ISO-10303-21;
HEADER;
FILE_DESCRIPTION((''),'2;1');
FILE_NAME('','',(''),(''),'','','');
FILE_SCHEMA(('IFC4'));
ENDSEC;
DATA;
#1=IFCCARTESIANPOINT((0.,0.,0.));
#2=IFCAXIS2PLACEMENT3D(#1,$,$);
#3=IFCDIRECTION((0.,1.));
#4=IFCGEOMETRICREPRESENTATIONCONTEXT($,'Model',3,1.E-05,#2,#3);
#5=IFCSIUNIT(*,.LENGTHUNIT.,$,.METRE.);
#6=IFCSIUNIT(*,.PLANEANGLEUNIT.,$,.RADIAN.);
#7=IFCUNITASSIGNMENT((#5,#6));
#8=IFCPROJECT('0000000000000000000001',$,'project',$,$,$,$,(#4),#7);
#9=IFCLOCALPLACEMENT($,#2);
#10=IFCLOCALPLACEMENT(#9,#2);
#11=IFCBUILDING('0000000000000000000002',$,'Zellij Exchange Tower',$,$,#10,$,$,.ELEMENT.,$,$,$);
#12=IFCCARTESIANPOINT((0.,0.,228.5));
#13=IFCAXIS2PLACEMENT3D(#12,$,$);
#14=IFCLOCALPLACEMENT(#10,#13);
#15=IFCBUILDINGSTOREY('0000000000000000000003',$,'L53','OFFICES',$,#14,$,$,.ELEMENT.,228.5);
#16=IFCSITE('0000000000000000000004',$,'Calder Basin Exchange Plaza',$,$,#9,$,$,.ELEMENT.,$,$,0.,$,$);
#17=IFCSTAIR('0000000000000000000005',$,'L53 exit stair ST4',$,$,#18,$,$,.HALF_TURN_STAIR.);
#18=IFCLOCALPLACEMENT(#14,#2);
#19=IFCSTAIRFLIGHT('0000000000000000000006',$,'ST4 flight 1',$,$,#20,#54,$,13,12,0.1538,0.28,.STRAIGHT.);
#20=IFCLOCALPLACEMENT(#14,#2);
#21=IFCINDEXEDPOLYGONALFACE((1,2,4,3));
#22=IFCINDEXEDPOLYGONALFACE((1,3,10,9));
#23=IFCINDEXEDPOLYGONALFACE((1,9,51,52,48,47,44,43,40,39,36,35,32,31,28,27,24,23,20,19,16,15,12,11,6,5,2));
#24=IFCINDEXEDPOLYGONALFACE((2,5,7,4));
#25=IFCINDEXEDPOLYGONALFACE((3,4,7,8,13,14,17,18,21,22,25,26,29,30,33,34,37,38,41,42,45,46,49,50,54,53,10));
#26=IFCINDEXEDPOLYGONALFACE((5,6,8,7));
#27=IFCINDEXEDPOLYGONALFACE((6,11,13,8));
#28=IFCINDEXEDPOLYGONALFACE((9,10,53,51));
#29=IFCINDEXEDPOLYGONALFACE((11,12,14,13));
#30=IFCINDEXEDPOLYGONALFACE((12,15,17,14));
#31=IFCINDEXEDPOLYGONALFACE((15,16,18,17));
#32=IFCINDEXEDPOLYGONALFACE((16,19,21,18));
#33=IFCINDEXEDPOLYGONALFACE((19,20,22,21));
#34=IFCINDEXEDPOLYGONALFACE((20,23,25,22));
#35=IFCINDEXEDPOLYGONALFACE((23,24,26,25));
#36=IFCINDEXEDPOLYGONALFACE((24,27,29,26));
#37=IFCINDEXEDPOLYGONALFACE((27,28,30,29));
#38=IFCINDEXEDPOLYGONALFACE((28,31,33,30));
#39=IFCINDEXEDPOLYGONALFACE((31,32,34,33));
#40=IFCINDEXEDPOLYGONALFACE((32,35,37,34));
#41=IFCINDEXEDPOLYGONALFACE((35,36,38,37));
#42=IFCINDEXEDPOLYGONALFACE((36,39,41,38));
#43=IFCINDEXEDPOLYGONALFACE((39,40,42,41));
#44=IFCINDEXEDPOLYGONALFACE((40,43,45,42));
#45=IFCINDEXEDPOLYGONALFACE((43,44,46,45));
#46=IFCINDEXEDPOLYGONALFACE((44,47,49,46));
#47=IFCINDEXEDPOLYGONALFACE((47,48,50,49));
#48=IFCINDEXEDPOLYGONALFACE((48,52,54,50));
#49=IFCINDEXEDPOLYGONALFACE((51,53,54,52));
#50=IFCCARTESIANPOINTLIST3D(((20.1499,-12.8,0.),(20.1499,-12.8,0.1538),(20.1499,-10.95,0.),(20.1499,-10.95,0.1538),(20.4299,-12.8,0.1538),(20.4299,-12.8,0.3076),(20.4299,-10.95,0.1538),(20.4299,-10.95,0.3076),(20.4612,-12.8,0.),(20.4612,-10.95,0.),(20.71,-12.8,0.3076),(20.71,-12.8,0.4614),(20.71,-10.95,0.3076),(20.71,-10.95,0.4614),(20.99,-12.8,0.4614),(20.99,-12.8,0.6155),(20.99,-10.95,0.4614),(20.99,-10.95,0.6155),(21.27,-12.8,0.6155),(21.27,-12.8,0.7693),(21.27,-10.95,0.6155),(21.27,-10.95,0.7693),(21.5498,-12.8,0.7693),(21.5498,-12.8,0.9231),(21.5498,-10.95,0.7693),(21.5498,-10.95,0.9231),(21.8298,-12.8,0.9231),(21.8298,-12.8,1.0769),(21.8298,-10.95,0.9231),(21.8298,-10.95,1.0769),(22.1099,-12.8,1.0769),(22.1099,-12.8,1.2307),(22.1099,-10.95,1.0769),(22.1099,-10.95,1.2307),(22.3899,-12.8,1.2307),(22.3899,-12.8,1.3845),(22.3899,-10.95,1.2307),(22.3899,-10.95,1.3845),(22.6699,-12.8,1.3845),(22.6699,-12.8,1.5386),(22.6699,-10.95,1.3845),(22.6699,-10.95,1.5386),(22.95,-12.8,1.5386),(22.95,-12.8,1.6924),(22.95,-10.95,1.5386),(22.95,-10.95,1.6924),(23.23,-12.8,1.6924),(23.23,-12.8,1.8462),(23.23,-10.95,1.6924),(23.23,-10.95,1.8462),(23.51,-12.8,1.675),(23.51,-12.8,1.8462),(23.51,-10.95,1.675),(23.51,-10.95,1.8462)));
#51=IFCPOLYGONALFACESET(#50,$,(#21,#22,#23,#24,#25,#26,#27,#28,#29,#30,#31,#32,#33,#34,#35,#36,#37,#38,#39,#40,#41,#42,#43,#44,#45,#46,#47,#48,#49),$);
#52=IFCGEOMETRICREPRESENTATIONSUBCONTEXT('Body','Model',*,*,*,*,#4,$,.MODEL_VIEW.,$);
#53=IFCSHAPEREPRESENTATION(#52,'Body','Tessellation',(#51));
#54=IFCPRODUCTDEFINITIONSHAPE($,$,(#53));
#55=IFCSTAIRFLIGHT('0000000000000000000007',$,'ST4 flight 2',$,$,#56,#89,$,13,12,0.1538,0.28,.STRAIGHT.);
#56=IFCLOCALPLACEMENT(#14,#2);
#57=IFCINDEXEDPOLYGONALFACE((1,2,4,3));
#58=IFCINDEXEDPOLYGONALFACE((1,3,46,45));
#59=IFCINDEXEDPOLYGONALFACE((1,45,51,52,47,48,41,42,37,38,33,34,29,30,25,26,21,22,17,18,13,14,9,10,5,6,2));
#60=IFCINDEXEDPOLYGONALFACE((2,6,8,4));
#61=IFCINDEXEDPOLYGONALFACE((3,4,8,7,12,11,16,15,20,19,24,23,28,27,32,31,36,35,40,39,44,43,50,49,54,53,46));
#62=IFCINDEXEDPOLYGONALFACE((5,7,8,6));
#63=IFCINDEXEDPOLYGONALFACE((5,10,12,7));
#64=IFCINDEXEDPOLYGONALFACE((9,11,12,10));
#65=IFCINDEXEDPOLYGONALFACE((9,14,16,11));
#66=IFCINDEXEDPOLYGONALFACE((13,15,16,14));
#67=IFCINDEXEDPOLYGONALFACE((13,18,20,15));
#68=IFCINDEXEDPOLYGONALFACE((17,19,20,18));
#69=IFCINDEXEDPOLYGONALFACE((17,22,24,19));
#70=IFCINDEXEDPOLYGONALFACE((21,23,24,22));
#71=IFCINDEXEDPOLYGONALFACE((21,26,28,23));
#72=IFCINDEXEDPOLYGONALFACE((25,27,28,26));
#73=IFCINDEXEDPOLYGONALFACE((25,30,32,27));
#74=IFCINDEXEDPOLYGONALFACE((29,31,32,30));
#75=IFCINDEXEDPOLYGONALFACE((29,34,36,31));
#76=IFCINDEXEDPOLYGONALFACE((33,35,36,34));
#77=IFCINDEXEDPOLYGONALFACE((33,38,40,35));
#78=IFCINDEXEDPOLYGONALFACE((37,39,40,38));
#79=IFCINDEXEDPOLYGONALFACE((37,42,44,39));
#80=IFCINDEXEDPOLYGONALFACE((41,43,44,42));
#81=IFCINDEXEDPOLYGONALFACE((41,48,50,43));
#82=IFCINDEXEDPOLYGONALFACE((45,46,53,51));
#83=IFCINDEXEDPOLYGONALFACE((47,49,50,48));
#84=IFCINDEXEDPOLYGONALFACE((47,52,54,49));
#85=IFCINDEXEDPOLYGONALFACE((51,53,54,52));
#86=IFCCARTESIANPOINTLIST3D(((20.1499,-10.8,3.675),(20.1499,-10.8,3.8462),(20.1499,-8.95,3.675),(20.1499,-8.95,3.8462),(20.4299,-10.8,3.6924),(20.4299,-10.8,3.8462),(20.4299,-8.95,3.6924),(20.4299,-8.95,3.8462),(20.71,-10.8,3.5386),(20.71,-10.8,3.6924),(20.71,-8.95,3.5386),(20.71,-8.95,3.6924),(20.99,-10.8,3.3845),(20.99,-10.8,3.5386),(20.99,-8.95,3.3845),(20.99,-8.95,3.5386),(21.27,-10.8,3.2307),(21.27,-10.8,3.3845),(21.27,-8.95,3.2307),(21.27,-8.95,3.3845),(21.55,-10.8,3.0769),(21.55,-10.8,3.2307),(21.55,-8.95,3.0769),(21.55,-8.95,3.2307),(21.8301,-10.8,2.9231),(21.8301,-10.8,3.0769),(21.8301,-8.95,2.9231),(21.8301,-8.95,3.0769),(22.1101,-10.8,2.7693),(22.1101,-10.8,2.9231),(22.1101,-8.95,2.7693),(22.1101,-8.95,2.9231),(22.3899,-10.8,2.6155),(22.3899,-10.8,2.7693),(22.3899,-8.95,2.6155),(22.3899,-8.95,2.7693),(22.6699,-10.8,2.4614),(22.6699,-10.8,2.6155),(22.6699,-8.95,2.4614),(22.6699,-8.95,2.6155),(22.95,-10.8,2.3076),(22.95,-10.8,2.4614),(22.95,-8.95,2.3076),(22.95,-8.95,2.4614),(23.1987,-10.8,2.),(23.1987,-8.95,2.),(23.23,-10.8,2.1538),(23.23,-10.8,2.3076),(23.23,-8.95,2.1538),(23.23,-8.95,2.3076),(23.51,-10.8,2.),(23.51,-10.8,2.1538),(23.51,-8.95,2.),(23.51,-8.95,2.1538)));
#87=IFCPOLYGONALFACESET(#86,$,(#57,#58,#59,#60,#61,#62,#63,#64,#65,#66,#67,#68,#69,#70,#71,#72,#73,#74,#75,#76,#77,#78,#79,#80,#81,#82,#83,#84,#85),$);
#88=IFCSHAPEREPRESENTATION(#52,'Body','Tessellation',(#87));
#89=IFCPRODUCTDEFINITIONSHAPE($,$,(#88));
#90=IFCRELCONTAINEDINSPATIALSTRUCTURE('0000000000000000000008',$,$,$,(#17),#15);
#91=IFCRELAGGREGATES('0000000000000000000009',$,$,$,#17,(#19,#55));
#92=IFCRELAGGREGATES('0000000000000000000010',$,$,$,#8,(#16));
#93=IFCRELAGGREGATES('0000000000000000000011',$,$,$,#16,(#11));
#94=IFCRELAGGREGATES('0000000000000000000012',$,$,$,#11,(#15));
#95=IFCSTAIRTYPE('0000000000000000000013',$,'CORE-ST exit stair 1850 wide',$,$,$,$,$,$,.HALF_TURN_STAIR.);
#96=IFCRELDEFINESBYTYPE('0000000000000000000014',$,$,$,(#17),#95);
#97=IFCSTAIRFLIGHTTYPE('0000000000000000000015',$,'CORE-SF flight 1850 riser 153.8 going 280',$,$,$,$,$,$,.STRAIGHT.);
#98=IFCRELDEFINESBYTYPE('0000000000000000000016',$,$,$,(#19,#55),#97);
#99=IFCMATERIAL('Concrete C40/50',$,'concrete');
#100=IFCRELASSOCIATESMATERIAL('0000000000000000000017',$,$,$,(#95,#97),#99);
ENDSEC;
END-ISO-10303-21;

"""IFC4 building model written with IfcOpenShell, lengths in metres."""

from ifc_helpers import new_model, si_unit, direction, frame, origin, place, context, subcontext, project, spatial, polyline, outline, extrude, material, type_object, element, aggregate, save


model = new_model("IFC4")

# Units and contexts
model_context = context("Model", 3, precision=1e-05, world=origin(), true_north=direction((0.0, 1.0)))
body_context = subcontext(model_context, "Body", "Model", "MODEL_VIEW")
ifc_project = project(units=[si_unit("LENGTHUNIT", "METRE"), si_unit("PLANEANGLEUNIT", "RADIAN")], contexts=[model_context])

# Site, building, storey
site_placement = place(None, origin())
site = spatial("IfcSite", under=ifc_project, at=site_placement, Name="Calder Basin Exchange Plaza", CompositionType="ELEMENT", RefElevation=0.0)
building_placement = place(site_placement, origin())
building = spatial("IfcBuilding", under=site, at=building_placement, Name="Zellij Exchange Tower", CompositionType="ELEMENT")
storey_placement = place(building_placement, frame((0.0, 0.0, 228.5)))
storey = spatial("IfcBuildingStorey", under=building, at=storey_placement, Name="L53", Description="OFFICES", CompositionType="ELEMENT", Elevation=228.5)

# Stair, stair flights
ifc_material_1 = material(Name="Concrete C40/50", Category="concrete")
stair_type = type_object("IfcStairType", Name="CORE-ST exit stair 1850 wide", PredefinedType="HALF_TURN_STAIR", material=ifc_material_1)
stair_placement = place(storey_placement, origin())
stair = element("IfcStair", 1, at=stair_placement, inside=storey, type_object=stair_type, Name="L53 exit stair ST4", PredefinedType="HALF_TURN_STAIR")
stair_flight_type = type_object("IfcStairFlightType", Name="CORE-SF flight 1850 riser 153.8 going 280", PredefinedType="STRAIGHT", material=ifc_material_1)
stair_flight_1_placement = place(storey_placement, frame((20.1499, -11.875, 0.0), z_axis=(0.0, 0.0, 1.0), x_axis=(1.0, 0.0, 0.0)))
stair_flight_1 = element("IfcStairFlight", 2, at=stair_flight_1_placement, type_object=stair_flight_type, Name="ST4 flight 1", NumberOfRisers=13, NumberOfTreads=12, PredefinedType="STRAIGHT", RiserHeight=0.1538, TreadLength=0.28, context=body_context, shape_type="SweptSolid", body=[
    extrude(outline(polyline([(0.0, 0.0), (0.0, 0.1538), (0.28, 0.1538), (0.28, 0.3076), (0.5601, 0.3076), (0.5601, 0.4614), (0.8401, 0.4614), (0.8401, 0.6155), (1.1201, 0.6155), (1.1201, 0.7693), (1.3999, 0.7693), (1.3999, 0.9231), (1.6799, 0.9231), (1.6799, 1.0769), (1.96, 1.0769), (1.96, 1.2307), (2.24, 1.2307), (2.24, 1.3845), (2.52, 1.3845), (2.52, 1.5386), (2.8, 1.5386), (2.8, 1.6924), (3.0801, 1.6924), (3.0801, 1.8462), (3.3601, 1.8462), (3.3601, 2.0), (3.3601, 1.675), (0.3113, 0.0), (0.0, 0.0)])), frame((0.0, 0.925, 0.0), z_axis=(0.0, -1.0, 0.0), x_axis=(1.0, 0.0, 0.0)), (0.0, 0.0, 1.0), 1.8501),
])
stair_flight_2_placement = place(storey_placement, frame((23.51, -9.875, 2.0), z_axis=(0.0, 0.0, 1.0), x_axis=(-1.0, 0.0, 0.0)))
stair_flight_2 = element("IfcStairFlight", 3, at=stair_flight_2_placement, type_object=stair_flight_type, Name="ST4 flight 2", NumberOfRisers=13, NumberOfTreads=12, PredefinedType="STRAIGHT", RiserHeight=0.1538, TreadLength=0.28, context=body_context, shape_type="SweptSolid", body=[
    extrude(outline(polyline([(0.0, 0.0), (0.0, 0.1538), (0.28, 0.1538), (0.28, 0.3076), (0.5601, 0.3076), (0.5601, 0.4614), (0.8401, 0.4614), (0.8401, 0.6155), (1.1201, 0.6155), (1.1201, 0.7693), (1.3999, 0.7693), (1.3999, 0.9231), (1.6799, 0.9231), (1.6799, 1.0769), (1.96, 1.0769), (1.96, 1.2307), (2.24, 1.2307), (2.24, 1.3845), (2.52, 1.3845), (2.52, 1.5386), (2.8, 1.5386), (2.8, 1.6924), (3.0801, 1.6924), (3.0801, 1.8462), (3.3601, 1.8462), (3.3601, 2.0), (3.3601, 1.675), (0.3113, 0.0), (0.0, 0.0)])), frame((0.0, 0.925, 0.0), z_axis=(0.0, -1.0, 0.0), x_axis=(1.0, 0.0, 0.0)), (0.0, 0.0, 1.0), 1.8501),
])
aggregate(stair, [stair_flight_1, stair_flight_2])

save(model, "model.ifc")
